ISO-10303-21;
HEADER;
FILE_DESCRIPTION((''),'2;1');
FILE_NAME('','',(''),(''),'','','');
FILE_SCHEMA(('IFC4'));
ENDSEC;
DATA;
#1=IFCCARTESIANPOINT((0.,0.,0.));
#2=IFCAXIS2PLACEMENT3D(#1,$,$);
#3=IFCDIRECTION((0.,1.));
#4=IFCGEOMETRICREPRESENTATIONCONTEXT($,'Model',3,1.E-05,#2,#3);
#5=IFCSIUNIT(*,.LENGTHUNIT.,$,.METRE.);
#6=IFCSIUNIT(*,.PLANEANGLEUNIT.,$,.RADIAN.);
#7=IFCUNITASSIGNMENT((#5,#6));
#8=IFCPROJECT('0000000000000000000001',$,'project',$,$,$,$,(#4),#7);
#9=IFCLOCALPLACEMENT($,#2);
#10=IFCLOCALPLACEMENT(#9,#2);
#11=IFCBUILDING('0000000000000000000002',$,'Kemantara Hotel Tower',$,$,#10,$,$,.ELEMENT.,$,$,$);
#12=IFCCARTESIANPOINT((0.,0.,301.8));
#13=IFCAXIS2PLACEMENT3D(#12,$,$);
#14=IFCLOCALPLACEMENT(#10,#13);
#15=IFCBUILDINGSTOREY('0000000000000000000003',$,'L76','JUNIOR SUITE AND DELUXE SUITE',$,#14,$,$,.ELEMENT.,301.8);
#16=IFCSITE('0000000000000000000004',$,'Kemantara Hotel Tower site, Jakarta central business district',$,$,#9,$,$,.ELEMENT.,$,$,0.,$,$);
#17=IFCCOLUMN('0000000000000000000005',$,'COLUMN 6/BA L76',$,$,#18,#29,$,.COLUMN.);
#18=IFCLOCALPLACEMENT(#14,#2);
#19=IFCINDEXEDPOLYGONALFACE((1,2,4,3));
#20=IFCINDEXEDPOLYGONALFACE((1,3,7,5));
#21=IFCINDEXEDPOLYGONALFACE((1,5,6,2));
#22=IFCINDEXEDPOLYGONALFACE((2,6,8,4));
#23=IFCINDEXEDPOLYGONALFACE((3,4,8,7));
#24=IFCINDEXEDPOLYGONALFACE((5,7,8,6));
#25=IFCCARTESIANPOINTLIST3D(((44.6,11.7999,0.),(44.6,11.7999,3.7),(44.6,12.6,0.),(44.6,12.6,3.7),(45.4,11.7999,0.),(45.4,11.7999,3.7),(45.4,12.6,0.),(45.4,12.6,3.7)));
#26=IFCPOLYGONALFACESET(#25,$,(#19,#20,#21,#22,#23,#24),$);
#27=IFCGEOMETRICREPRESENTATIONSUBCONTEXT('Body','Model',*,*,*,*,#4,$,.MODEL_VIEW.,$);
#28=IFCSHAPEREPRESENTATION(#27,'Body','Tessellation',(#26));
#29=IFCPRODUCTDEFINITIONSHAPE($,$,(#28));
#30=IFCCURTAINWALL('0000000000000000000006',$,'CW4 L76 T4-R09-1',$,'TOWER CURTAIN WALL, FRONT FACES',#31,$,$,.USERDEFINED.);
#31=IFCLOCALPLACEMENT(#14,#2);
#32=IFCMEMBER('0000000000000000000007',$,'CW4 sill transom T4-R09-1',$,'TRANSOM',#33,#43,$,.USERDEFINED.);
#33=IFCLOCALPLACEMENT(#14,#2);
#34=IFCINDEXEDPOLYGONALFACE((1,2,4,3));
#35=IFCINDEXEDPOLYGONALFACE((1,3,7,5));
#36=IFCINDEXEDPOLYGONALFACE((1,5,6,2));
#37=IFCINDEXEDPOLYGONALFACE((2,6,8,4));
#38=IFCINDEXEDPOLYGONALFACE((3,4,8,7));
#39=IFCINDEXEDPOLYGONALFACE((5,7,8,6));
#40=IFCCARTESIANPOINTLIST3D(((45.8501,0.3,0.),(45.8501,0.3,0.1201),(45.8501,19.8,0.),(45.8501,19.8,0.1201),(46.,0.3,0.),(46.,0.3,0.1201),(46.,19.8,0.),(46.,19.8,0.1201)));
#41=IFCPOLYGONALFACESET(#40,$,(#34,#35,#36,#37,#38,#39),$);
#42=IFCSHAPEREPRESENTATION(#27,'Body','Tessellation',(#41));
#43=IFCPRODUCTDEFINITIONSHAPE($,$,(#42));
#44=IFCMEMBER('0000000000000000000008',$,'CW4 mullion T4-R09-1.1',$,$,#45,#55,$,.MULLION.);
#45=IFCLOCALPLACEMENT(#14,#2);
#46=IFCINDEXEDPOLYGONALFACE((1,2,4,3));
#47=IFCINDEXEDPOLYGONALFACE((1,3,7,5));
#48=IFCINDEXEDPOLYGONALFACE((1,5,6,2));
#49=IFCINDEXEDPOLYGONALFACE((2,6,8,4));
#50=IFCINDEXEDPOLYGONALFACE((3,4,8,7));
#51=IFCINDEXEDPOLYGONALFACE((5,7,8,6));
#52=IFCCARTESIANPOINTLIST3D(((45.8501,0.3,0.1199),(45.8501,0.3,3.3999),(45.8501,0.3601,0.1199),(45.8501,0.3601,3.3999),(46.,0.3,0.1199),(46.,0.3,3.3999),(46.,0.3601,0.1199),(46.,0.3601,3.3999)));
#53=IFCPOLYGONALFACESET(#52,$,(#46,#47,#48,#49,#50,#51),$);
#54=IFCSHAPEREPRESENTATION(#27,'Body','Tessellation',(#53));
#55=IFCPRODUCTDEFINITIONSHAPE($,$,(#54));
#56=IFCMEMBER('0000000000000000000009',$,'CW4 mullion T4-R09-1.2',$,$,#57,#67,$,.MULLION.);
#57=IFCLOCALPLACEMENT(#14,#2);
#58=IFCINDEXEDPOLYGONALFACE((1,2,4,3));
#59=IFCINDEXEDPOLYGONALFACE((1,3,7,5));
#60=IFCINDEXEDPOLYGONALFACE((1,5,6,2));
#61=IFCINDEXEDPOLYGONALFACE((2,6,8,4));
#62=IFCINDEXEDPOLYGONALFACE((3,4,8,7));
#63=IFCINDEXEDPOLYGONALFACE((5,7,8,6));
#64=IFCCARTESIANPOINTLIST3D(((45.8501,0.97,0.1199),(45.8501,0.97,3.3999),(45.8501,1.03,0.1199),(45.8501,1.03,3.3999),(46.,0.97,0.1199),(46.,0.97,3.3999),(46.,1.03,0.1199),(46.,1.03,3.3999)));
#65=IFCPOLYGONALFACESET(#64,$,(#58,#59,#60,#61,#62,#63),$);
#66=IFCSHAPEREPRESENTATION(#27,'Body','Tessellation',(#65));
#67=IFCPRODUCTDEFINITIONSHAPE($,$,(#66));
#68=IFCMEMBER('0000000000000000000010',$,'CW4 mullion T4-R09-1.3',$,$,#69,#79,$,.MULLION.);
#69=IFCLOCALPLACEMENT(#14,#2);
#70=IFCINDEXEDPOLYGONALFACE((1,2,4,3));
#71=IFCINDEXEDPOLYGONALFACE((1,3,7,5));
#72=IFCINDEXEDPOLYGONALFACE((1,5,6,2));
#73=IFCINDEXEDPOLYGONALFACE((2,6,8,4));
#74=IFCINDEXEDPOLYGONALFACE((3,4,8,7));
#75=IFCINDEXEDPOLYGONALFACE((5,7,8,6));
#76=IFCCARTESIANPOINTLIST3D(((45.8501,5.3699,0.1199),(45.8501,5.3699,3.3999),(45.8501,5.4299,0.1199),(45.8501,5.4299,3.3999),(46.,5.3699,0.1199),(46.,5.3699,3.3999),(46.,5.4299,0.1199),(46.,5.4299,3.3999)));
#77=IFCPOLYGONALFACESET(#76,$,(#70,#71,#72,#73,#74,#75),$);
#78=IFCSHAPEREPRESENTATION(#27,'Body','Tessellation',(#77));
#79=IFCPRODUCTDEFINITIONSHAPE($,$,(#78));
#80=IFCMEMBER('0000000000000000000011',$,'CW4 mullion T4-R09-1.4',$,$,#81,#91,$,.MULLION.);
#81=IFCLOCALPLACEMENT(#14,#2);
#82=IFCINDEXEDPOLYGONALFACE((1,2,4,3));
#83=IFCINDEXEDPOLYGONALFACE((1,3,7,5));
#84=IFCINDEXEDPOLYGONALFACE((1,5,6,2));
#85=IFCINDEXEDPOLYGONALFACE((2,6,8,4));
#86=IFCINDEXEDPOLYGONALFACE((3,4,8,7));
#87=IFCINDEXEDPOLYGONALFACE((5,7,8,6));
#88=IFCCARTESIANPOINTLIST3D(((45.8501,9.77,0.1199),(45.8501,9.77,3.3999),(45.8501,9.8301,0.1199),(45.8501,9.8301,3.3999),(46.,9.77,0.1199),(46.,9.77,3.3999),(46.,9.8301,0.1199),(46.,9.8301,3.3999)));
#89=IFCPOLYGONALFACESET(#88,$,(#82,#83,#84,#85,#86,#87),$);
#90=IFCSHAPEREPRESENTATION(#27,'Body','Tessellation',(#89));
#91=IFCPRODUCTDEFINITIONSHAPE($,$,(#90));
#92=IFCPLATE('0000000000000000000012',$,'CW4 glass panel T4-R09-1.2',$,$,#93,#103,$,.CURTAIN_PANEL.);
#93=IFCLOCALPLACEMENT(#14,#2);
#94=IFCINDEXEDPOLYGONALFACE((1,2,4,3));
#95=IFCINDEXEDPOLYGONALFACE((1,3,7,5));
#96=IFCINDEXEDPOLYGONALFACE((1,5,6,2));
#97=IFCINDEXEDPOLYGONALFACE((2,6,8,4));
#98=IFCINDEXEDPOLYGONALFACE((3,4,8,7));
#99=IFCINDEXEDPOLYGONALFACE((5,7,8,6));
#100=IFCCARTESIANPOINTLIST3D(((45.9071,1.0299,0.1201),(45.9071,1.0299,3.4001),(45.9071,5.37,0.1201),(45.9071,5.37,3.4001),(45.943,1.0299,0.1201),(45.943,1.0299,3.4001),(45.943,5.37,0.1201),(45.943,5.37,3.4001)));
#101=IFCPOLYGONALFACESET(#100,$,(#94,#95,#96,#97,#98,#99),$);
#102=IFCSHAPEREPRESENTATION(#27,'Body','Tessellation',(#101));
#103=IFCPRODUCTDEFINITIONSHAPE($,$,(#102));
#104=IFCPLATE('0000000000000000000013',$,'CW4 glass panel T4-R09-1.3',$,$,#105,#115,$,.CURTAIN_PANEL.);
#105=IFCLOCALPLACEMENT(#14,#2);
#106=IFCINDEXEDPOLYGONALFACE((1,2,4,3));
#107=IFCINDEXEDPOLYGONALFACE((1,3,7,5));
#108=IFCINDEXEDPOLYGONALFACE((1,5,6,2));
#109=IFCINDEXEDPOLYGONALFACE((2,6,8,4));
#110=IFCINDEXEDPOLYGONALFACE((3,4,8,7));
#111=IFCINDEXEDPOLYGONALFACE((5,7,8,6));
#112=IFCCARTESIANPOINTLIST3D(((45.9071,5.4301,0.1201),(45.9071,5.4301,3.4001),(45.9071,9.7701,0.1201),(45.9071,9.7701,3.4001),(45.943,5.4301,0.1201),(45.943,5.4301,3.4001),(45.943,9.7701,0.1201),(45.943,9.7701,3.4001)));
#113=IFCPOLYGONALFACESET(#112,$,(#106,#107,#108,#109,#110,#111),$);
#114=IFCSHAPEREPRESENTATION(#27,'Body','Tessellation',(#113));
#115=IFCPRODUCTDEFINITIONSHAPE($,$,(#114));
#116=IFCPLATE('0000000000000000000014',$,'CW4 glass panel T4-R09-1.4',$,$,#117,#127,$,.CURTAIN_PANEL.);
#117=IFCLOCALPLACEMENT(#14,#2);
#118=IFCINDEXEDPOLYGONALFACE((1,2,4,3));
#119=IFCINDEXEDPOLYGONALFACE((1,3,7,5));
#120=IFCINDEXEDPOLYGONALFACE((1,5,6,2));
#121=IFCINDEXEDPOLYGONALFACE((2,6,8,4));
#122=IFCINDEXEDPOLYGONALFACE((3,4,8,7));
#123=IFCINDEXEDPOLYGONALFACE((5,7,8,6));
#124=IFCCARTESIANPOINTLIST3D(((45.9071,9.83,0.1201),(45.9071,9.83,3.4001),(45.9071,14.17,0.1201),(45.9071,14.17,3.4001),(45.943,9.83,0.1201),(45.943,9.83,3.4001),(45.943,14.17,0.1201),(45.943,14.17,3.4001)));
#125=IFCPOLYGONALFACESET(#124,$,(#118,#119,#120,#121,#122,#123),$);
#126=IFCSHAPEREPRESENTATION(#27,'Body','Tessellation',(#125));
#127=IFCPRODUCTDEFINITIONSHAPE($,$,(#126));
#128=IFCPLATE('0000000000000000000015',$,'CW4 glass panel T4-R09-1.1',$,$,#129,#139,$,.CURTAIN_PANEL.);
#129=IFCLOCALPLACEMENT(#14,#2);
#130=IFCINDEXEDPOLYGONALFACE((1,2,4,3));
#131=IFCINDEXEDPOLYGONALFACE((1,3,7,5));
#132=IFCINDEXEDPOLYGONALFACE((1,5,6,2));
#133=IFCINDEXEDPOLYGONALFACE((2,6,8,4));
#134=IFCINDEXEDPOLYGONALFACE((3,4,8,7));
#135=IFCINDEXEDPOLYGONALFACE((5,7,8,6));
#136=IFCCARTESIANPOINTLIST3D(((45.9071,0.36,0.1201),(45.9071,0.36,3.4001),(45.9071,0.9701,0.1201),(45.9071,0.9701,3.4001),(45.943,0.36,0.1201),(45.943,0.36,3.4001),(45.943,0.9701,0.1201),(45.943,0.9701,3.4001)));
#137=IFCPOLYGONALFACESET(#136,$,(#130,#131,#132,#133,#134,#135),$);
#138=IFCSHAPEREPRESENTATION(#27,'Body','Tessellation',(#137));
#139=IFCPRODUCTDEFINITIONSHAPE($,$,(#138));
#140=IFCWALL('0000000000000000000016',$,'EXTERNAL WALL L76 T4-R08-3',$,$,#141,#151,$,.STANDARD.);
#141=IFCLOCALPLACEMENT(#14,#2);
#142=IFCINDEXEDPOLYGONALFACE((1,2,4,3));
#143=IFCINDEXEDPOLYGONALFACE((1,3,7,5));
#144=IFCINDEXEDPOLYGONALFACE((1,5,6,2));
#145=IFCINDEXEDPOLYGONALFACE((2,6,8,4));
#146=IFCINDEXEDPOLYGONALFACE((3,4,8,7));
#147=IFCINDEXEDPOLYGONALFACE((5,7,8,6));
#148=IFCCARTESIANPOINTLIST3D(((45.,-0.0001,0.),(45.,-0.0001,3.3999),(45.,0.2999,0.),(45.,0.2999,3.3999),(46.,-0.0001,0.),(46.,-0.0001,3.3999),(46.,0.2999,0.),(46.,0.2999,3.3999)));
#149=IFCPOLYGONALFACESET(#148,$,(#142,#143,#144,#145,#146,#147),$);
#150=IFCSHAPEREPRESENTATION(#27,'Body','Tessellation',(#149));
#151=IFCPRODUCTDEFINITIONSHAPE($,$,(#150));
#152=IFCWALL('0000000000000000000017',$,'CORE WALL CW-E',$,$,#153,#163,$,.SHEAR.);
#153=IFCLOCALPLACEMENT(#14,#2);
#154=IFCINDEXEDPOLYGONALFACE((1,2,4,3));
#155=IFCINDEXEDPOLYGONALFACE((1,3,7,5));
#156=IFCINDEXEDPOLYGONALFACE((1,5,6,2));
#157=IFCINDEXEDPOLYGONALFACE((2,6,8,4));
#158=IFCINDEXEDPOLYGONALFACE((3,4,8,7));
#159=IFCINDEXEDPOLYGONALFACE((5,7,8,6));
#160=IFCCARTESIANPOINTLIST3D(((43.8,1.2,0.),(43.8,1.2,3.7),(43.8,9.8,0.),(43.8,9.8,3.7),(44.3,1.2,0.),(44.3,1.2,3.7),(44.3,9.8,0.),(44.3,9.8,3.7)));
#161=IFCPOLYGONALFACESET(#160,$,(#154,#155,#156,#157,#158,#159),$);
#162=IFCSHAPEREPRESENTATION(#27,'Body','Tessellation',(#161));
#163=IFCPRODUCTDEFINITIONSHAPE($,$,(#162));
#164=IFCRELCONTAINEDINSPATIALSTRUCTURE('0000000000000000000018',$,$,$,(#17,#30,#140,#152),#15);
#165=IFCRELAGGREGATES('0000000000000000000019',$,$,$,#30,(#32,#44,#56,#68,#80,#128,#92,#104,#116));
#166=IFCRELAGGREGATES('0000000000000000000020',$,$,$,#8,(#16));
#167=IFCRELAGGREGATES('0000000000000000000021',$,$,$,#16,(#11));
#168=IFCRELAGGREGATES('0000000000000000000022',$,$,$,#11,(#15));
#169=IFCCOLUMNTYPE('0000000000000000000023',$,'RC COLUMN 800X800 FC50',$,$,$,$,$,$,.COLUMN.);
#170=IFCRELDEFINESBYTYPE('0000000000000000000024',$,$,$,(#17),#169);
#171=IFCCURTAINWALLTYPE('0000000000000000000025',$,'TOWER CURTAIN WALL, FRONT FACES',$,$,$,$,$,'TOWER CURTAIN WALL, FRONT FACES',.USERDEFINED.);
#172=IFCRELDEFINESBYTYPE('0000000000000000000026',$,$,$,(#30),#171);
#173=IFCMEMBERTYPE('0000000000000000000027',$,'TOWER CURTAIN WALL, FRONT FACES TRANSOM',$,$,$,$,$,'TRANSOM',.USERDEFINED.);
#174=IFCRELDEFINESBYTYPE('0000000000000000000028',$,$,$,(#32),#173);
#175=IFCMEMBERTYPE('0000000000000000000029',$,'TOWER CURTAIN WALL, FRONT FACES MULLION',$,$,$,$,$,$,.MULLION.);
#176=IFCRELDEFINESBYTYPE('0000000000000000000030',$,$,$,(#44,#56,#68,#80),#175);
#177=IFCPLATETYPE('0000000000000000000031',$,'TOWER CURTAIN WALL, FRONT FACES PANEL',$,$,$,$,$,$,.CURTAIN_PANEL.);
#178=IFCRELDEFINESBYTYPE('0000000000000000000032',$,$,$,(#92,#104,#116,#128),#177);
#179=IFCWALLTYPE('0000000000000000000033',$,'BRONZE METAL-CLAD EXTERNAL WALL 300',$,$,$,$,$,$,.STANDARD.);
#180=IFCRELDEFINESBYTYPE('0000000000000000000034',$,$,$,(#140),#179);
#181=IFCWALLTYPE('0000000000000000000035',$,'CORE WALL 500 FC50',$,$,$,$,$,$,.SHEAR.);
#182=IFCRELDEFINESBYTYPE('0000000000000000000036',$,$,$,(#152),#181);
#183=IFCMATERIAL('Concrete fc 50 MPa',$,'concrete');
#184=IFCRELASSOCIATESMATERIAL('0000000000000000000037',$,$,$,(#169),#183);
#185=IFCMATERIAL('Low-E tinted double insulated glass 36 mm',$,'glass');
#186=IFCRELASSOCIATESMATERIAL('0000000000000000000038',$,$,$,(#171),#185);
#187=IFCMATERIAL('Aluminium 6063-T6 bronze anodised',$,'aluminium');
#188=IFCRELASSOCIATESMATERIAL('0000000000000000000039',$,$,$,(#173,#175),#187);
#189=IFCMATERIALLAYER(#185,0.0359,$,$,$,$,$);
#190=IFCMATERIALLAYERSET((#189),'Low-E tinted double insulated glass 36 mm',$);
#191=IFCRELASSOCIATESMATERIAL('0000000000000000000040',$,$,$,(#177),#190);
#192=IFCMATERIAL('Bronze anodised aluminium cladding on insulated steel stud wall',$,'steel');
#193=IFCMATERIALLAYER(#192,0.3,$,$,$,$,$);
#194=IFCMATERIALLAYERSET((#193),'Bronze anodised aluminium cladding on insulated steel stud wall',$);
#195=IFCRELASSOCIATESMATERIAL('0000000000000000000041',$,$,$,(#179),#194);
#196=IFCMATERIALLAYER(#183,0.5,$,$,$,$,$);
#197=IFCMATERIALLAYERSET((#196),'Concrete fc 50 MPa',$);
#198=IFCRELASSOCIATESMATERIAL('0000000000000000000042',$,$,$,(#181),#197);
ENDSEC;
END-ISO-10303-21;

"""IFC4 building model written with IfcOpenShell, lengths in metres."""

from ifc_helpers import new_model, si_unit, direction, frame, frame_2d, origin, origin_2d, place, context, subcontext, project, spatial, rectangle, extrude, source, transform, mapped, material, layer, layer_set, material_profile, profile_set, type_object, element, aggregate, save


model = new_model("IFC4")

# Units and contexts
model_context = context("Model", 3, precision=1e-05, world=origin(), true_north=direction((0.0, 1.0)))
body_context = subcontext(model_context, "Body", "Model", "MODEL_VIEW")
ifc_project = project(units=[si_unit("LENGTHUNIT", "METRE"), si_unit("PLANEANGLEUNIT", "RADIAN")], contexts=[model_context])

# Site, building, storey
site_placement = place(None, origin())
site = spatial("IfcSite", under=ifc_project, at=site_placement, Name="Kemantara Hotel Tower site, Jakarta central business district", CompositionType="ELEMENT", RefElevation=0.0)
building_placement = place(site_placement, origin())
building = spatial("IfcBuilding", under=site, at=building_placement, Name="Kemantara Hotel Tower", CompositionType="ELEMENT")
storey_placement = place(building_placement, frame((0.0, 0.0, 301.8)))
storey = spatial("IfcBuildingStorey", under=building, at=storey_placement, Name="L76", Description="JUNIOR SUITE AND DELUXE SUITE", CompositionType="ELEMENT", Elevation=301.8)

# Column
ifc_material_1 = material(Name="Concrete fc 50 MPa", Category="concrete")
ifc_material_profile_1 = material_profile(ifc_material_1, rectangle(XDim=0.8, YDim=0.8, at=origin_2d()), Name="RC 800X800")
ifc_profile_set_1 = profile_set([ifc_material_profile_1], Name="Concrete fc 50 MPa")
column_type = type_object("IfcColumnType", Name="RC COLUMN 800X800 FC50", PredefinedType="COLUMN", material=ifc_profile_set_1)
column_placement = place(storey_placement, frame((45.0, 12.2, 0.0), z_axis=(0.0, 0.0, 1.0), x_axis=(1.0, 0.0, 0.0)))
element("IfcColumn", 1, at=column_placement, inside=storey, type_object=column_type, Name="COLUMN 6/BA L76", PredefinedType="COLUMN", context=body_context, shape_type="SweptSolid", body=[
    extrude(rectangle(XDim=0.8, YDim=0.8, at=origin_2d()), origin(), (0.0, 0.0, 1.0), 3.7),
])

# Curtain wall, members, plates
ifc_material_2 = material(Name="Low-E tinted double insulated glass 36 mm", Category="glass")
curtain_wall_type = type_object("IfcCurtainWallType", Name="TOWER CURTAIN WALL, FRONT FACES", ElementType="TOWER CURTAIN WALL, FRONT FACES", PredefinedType="USERDEFINED", material=ifc_material_2)
curtain_wall_placement = place(storey_placement, origin())
curtain_wall = element("IfcCurtainWall", 2, at=curtain_wall_placement, inside=storey, type_object=curtain_wall_type, Name="CW4 L76 T4-R09-1", ObjectType="TOWER CURTAIN WALL, FRONT FACES", PredefinedType="USERDEFINED")
ifc_material_3 = material(Name="Aluminium 6063-T6 bronze anodised", Category="aluminium")
ifc_material_profile_2 = material_profile(ifc_material_3, rectangle(XDim=0.1499, YDim=0.1201, at=origin_2d()), Name="TOWER CURTAIN WALL, FRONT FACES TRANSOM")
ifc_profile_set_2 = profile_set([ifc_material_profile_2], Name="Aluminium 6063-T6 bronze anodised")
member_type_1 = type_object("IfcMemberType", Name="TOWER CURTAIN WALL, FRONT FACES TRANSOM", ElementType="TRANSOM", PredefinedType="USERDEFINED", material=ifc_profile_set_2)
member_1_placement = place(storey_placement, frame((45.925, 0.3, 0.0601), z_axis=(0.0, 1.0, 0.0), x_axis=(-1.0, 0.0, 0.0)))
member_1 = element("IfcMember", 3, at=member_1_placement, type_object=member_type_1, Name="CW4 sill transom T4-R09-1", ObjectType="TRANSOM", PredefinedType="USERDEFINED", context=body_context, shape_type="SweptSolid", body=[
    extrude(rectangle(XDim=0.1499, YDim=0.1201, at=origin_2d()), origin(), (0.0, 0.0, 1.0), 19.5),
])
ifc_material_profile_3 = material_profile(ifc_material_3, rectangle(XDim=0.1499, YDim=0.0601, at=origin_2d()), Name="TOWER CURTAIN WALL, FRONT FACES MULLION")
ifc_profile_set_3 = profile_set([ifc_material_profile_3], Name="Aluminium 6063-T6 bronze anodised")
member_type_2 = type_object("IfcMemberType", Name="TOWER CURTAIN WALL, FRONT FACES MULLION", PredefinedType="MULLION", material=ifc_profile_set_3)
shared_shape_1 = source(origin(), body_context, "Body", "SweptSolid", [
    extrude(rectangle(XDim=0.1499, YDim=0.0601, at=origin_2d()), origin(), (0.0, 0.0, 1.0), 3.28),
])
member_2_placement = place(storey_placement, frame((45.925, 0.3301, 0.1199), z_axis=(0.0, 0.0, 1.0), x_axis=(-1.0, 0.0, 0.0)))
member_2 = element("IfcMember", 4, at=member_2_placement, type_object=member_type_2, Name="CW4 mullion T4-R09-1.1", PredefinedType="MULLION", context=body_context, shape_type="MappedRepresentation", body=[
    mapped(shared_shape_1, transform((0.0, 0.0, 0.0))),
])
member_3_placement = place(storey_placement, frame((45.925, 1.0, 0.1199), z_axis=(0.0, 0.0, 1.0), x_axis=(-1.0, 0.0, 0.0)))
member_3 = element("IfcMember", 5, at=member_3_placement, type_object=member_type_2, Name="CW4 mullion T4-R09-1.2", PredefinedType="MULLION", context=body_context, shape_type="MappedRepresentation", body=[
    mapped(shared_shape_1, transform((0.0, 0.0, 0.0))),
])
member_4_placement = place(storey_placement, frame((45.925, 5.3999, 0.1199), z_axis=(0.0, 0.0, 1.0), x_axis=(-1.0, 0.0, 0.0)))
member_4 = element("IfcMember", 6, at=member_4_placement, type_object=member_type_2, Name="CW4 mullion T4-R09-1.3", PredefinedType="MULLION", context=body_context, shape_type="MappedRepresentation", body=[
    mapped(shared_shape_1, transform((0.0, 0.0, 0.0))),
])
member_5_placement = place(storey_placement, frame((45.925, 9.8, 0.1199), z_axis=(0.0, 0.0, 1.0), x_axis=(-1.0, 0.0, 0.0)))
member_5 = element("IfcMember", 7, at=member_5_placement, type_object=member_type_2, Name="CW4 mullion T4-R09-1.4", PredefinedType="MULLION", context=body_context, shape_type="MappedRepresentation", body=[
    mapped(shared_shape_1, transform((0.0, 0.0, 0.0))),
])
ifc_layer_1 = layer(ifc_material_2, 0.0359)
ifc_layer_set_1 = layer_set([ifc_layer_1], Name="Low-E tinted double insulated glass 36 mm")
plate_type = type_object("IfcPlateType", Name="TOWER CURTAIN WALL, FRONT FACES PANEL", PredefinedType="CURTAIN_PANEL", material=ifc_layer_set_1)
shared_shape_2 = source(origin(), body_context, "Body", "SweptSolid", [
    extrude(rectangle(XDim=4.3401, YDim=0.0359, at=origin_2d()), origin(), (0.0, 0.0, 1.0), 3.28),
])
plate_1_placement = place(storey_placement, frame((45.925, 3.2, 0.1201), z_axis=(0.0, 0.0, 1.0), x_axis=(0.0, 1.0, 0.0)))
plate_1 = element("IfcPlate", 8, at=plate_1_placement, type_object=plate_type, Name="CW4 glass panel T4-R09-1.2", PredefinedType="CURTAIN_PANEL", context=body_context, shape_type="MappedRepresentation", body=[
    mapped(shared_shape_2, transform((0.0, 0.0, 0.0))),
])
plate_2_placement = place(storey_placement, frame((45.925, 7.6001, 0.1201), z_axis=(0.0, 0.0, 1.0), x_axis=(0.0, 1.0, 0.0)))
plate_2 = element("IfcPlate", 9, at=plate_2_placement, type_object=plate_type, Name="CW4 glass panel T4-R09-1.3", PredefinedType="CURTAIN_PANEL", context=body_context, shape_type="MappedRepresentation", body=[
    mapped(shared_shape_2, transform((0.0, 0.0, 0.0))),
])
plate_3_placement = place(storey_placement, frame((45.925, 12.0, 0.1201), z_axis=(0.0, 0.0, 1.0), x_axis=(0.0, 1.0, 0.0)))
plate_3 = element("IfcPlate", 10, at=plate_3_placement, type_object=plate_type, Name="CW4 glass panel T4-R09-1.4", PredefinedType="CURTAIN_PANEL", context=body_context, shape_type="MappedRepresentation", body=[
    mapped(shared_shape_2, transform((0.0, 0.0, 0.0))),
])
shared_shape_3 = source(origin(), body_context, "Body", "SweptSolid", [
    extrude(rectangle(XDim=0.6101, YDim=0.0359, at=origin_2d()), origin(), (0.0, 0.0, 1.0), 3.28),
])
plate_4_placement = place(storey_placement, frame((45.925, 0.665, 0.1201), z_axis=(0.0, 0.0, 1.0), x_axis=(0.0, 1.0, 0.0)))
plate_4 = element("IfcPlate", 11, at=plate_4_placement, type_object=plate_type, Name="CW4 glass panel T4-R09-1.1", PredefinedType="CURTAIN_PANEL", context=body_context, shape_type="MappedRepresentation", body=[
    mapped(shared_shape_3, transform((0.0, 0.0, 0.0))),
])
aggregate(curtain_wall, [member_1, member_2, member_3, member_4, member_5, plate_4, plate_1, plate_2, plate_3])

# Walls
ifc_material_4 = material(Name="Bronze anodised aluminium cladding on insulated steel stud wall", Category="steel")
ifc_layer_2 = layer(ifc_material_4, 0.3)
ifc_layer_set_2 = layer_set([ifc_layer_2], Name="Bronze anodised aluminium cladding on insulated steel stud wall")
wall_type_1 = type_object("IfcWallType", Name="BRONZE METAL-CLAD EXTERNAL WALL 300", PredefinedType="STANDARD", material=ifc_layer_set_2)
wall_1_placement = place(storey_placement, frame((45.0, 0.1499, 0.0), z_axis=(0.0, 0.0, 1.0), x_axis=(1.0, 0.0, 0.0)))
element("IfcWall", 12, at=wall_1_placement, inside=storey, type_object=wall_type_1, Name="EXTERNAL WALL L76 T4-R08-3", PredefinedType="STANDARD", context=body_context, shape_type="SweptSolid", body=[
    extrude(rectangle(XDim=1.0, YDim=0.3, at=frame_2d((0.5, 0.0))), origin(), (0.0, 0.0, 1.0), 3.3999),
])
ifc_layer_3 = layer(ifc_material_1, 0.5)
ifc_layer_set_3 = layer_set([ifc_layer_3], Name="Concrete fc 50 MPa")
wall_type_2 = type_object("IfcWallType", Name="CORE WALL 500 FC50", PredefinedType="SHEAR", material=ifc_layer_set_3)
wall_2_placement = place(storey_placement, frame((44.05, 1.2, 0.0), z_axis=(0.0, 0.0, 1.0), x_axis=(0.0, 1.0, 0.0)))
element("IfcWall", 13, at=wall_2_placement, inside=storey, type_object=wall_type_2, Name="CORE WALL CW-E", PredefinedType="SHEAR", context=body_context, shape_type="SweptSolid", body=[
    extrude(rectangle(XDim=8.6001, YDim=0.5, at=frame_2d((4.3, 0.0))), origin(), (0.0, 0.0, 1.0), 3.7),
])

save(model, "model.ifc")
